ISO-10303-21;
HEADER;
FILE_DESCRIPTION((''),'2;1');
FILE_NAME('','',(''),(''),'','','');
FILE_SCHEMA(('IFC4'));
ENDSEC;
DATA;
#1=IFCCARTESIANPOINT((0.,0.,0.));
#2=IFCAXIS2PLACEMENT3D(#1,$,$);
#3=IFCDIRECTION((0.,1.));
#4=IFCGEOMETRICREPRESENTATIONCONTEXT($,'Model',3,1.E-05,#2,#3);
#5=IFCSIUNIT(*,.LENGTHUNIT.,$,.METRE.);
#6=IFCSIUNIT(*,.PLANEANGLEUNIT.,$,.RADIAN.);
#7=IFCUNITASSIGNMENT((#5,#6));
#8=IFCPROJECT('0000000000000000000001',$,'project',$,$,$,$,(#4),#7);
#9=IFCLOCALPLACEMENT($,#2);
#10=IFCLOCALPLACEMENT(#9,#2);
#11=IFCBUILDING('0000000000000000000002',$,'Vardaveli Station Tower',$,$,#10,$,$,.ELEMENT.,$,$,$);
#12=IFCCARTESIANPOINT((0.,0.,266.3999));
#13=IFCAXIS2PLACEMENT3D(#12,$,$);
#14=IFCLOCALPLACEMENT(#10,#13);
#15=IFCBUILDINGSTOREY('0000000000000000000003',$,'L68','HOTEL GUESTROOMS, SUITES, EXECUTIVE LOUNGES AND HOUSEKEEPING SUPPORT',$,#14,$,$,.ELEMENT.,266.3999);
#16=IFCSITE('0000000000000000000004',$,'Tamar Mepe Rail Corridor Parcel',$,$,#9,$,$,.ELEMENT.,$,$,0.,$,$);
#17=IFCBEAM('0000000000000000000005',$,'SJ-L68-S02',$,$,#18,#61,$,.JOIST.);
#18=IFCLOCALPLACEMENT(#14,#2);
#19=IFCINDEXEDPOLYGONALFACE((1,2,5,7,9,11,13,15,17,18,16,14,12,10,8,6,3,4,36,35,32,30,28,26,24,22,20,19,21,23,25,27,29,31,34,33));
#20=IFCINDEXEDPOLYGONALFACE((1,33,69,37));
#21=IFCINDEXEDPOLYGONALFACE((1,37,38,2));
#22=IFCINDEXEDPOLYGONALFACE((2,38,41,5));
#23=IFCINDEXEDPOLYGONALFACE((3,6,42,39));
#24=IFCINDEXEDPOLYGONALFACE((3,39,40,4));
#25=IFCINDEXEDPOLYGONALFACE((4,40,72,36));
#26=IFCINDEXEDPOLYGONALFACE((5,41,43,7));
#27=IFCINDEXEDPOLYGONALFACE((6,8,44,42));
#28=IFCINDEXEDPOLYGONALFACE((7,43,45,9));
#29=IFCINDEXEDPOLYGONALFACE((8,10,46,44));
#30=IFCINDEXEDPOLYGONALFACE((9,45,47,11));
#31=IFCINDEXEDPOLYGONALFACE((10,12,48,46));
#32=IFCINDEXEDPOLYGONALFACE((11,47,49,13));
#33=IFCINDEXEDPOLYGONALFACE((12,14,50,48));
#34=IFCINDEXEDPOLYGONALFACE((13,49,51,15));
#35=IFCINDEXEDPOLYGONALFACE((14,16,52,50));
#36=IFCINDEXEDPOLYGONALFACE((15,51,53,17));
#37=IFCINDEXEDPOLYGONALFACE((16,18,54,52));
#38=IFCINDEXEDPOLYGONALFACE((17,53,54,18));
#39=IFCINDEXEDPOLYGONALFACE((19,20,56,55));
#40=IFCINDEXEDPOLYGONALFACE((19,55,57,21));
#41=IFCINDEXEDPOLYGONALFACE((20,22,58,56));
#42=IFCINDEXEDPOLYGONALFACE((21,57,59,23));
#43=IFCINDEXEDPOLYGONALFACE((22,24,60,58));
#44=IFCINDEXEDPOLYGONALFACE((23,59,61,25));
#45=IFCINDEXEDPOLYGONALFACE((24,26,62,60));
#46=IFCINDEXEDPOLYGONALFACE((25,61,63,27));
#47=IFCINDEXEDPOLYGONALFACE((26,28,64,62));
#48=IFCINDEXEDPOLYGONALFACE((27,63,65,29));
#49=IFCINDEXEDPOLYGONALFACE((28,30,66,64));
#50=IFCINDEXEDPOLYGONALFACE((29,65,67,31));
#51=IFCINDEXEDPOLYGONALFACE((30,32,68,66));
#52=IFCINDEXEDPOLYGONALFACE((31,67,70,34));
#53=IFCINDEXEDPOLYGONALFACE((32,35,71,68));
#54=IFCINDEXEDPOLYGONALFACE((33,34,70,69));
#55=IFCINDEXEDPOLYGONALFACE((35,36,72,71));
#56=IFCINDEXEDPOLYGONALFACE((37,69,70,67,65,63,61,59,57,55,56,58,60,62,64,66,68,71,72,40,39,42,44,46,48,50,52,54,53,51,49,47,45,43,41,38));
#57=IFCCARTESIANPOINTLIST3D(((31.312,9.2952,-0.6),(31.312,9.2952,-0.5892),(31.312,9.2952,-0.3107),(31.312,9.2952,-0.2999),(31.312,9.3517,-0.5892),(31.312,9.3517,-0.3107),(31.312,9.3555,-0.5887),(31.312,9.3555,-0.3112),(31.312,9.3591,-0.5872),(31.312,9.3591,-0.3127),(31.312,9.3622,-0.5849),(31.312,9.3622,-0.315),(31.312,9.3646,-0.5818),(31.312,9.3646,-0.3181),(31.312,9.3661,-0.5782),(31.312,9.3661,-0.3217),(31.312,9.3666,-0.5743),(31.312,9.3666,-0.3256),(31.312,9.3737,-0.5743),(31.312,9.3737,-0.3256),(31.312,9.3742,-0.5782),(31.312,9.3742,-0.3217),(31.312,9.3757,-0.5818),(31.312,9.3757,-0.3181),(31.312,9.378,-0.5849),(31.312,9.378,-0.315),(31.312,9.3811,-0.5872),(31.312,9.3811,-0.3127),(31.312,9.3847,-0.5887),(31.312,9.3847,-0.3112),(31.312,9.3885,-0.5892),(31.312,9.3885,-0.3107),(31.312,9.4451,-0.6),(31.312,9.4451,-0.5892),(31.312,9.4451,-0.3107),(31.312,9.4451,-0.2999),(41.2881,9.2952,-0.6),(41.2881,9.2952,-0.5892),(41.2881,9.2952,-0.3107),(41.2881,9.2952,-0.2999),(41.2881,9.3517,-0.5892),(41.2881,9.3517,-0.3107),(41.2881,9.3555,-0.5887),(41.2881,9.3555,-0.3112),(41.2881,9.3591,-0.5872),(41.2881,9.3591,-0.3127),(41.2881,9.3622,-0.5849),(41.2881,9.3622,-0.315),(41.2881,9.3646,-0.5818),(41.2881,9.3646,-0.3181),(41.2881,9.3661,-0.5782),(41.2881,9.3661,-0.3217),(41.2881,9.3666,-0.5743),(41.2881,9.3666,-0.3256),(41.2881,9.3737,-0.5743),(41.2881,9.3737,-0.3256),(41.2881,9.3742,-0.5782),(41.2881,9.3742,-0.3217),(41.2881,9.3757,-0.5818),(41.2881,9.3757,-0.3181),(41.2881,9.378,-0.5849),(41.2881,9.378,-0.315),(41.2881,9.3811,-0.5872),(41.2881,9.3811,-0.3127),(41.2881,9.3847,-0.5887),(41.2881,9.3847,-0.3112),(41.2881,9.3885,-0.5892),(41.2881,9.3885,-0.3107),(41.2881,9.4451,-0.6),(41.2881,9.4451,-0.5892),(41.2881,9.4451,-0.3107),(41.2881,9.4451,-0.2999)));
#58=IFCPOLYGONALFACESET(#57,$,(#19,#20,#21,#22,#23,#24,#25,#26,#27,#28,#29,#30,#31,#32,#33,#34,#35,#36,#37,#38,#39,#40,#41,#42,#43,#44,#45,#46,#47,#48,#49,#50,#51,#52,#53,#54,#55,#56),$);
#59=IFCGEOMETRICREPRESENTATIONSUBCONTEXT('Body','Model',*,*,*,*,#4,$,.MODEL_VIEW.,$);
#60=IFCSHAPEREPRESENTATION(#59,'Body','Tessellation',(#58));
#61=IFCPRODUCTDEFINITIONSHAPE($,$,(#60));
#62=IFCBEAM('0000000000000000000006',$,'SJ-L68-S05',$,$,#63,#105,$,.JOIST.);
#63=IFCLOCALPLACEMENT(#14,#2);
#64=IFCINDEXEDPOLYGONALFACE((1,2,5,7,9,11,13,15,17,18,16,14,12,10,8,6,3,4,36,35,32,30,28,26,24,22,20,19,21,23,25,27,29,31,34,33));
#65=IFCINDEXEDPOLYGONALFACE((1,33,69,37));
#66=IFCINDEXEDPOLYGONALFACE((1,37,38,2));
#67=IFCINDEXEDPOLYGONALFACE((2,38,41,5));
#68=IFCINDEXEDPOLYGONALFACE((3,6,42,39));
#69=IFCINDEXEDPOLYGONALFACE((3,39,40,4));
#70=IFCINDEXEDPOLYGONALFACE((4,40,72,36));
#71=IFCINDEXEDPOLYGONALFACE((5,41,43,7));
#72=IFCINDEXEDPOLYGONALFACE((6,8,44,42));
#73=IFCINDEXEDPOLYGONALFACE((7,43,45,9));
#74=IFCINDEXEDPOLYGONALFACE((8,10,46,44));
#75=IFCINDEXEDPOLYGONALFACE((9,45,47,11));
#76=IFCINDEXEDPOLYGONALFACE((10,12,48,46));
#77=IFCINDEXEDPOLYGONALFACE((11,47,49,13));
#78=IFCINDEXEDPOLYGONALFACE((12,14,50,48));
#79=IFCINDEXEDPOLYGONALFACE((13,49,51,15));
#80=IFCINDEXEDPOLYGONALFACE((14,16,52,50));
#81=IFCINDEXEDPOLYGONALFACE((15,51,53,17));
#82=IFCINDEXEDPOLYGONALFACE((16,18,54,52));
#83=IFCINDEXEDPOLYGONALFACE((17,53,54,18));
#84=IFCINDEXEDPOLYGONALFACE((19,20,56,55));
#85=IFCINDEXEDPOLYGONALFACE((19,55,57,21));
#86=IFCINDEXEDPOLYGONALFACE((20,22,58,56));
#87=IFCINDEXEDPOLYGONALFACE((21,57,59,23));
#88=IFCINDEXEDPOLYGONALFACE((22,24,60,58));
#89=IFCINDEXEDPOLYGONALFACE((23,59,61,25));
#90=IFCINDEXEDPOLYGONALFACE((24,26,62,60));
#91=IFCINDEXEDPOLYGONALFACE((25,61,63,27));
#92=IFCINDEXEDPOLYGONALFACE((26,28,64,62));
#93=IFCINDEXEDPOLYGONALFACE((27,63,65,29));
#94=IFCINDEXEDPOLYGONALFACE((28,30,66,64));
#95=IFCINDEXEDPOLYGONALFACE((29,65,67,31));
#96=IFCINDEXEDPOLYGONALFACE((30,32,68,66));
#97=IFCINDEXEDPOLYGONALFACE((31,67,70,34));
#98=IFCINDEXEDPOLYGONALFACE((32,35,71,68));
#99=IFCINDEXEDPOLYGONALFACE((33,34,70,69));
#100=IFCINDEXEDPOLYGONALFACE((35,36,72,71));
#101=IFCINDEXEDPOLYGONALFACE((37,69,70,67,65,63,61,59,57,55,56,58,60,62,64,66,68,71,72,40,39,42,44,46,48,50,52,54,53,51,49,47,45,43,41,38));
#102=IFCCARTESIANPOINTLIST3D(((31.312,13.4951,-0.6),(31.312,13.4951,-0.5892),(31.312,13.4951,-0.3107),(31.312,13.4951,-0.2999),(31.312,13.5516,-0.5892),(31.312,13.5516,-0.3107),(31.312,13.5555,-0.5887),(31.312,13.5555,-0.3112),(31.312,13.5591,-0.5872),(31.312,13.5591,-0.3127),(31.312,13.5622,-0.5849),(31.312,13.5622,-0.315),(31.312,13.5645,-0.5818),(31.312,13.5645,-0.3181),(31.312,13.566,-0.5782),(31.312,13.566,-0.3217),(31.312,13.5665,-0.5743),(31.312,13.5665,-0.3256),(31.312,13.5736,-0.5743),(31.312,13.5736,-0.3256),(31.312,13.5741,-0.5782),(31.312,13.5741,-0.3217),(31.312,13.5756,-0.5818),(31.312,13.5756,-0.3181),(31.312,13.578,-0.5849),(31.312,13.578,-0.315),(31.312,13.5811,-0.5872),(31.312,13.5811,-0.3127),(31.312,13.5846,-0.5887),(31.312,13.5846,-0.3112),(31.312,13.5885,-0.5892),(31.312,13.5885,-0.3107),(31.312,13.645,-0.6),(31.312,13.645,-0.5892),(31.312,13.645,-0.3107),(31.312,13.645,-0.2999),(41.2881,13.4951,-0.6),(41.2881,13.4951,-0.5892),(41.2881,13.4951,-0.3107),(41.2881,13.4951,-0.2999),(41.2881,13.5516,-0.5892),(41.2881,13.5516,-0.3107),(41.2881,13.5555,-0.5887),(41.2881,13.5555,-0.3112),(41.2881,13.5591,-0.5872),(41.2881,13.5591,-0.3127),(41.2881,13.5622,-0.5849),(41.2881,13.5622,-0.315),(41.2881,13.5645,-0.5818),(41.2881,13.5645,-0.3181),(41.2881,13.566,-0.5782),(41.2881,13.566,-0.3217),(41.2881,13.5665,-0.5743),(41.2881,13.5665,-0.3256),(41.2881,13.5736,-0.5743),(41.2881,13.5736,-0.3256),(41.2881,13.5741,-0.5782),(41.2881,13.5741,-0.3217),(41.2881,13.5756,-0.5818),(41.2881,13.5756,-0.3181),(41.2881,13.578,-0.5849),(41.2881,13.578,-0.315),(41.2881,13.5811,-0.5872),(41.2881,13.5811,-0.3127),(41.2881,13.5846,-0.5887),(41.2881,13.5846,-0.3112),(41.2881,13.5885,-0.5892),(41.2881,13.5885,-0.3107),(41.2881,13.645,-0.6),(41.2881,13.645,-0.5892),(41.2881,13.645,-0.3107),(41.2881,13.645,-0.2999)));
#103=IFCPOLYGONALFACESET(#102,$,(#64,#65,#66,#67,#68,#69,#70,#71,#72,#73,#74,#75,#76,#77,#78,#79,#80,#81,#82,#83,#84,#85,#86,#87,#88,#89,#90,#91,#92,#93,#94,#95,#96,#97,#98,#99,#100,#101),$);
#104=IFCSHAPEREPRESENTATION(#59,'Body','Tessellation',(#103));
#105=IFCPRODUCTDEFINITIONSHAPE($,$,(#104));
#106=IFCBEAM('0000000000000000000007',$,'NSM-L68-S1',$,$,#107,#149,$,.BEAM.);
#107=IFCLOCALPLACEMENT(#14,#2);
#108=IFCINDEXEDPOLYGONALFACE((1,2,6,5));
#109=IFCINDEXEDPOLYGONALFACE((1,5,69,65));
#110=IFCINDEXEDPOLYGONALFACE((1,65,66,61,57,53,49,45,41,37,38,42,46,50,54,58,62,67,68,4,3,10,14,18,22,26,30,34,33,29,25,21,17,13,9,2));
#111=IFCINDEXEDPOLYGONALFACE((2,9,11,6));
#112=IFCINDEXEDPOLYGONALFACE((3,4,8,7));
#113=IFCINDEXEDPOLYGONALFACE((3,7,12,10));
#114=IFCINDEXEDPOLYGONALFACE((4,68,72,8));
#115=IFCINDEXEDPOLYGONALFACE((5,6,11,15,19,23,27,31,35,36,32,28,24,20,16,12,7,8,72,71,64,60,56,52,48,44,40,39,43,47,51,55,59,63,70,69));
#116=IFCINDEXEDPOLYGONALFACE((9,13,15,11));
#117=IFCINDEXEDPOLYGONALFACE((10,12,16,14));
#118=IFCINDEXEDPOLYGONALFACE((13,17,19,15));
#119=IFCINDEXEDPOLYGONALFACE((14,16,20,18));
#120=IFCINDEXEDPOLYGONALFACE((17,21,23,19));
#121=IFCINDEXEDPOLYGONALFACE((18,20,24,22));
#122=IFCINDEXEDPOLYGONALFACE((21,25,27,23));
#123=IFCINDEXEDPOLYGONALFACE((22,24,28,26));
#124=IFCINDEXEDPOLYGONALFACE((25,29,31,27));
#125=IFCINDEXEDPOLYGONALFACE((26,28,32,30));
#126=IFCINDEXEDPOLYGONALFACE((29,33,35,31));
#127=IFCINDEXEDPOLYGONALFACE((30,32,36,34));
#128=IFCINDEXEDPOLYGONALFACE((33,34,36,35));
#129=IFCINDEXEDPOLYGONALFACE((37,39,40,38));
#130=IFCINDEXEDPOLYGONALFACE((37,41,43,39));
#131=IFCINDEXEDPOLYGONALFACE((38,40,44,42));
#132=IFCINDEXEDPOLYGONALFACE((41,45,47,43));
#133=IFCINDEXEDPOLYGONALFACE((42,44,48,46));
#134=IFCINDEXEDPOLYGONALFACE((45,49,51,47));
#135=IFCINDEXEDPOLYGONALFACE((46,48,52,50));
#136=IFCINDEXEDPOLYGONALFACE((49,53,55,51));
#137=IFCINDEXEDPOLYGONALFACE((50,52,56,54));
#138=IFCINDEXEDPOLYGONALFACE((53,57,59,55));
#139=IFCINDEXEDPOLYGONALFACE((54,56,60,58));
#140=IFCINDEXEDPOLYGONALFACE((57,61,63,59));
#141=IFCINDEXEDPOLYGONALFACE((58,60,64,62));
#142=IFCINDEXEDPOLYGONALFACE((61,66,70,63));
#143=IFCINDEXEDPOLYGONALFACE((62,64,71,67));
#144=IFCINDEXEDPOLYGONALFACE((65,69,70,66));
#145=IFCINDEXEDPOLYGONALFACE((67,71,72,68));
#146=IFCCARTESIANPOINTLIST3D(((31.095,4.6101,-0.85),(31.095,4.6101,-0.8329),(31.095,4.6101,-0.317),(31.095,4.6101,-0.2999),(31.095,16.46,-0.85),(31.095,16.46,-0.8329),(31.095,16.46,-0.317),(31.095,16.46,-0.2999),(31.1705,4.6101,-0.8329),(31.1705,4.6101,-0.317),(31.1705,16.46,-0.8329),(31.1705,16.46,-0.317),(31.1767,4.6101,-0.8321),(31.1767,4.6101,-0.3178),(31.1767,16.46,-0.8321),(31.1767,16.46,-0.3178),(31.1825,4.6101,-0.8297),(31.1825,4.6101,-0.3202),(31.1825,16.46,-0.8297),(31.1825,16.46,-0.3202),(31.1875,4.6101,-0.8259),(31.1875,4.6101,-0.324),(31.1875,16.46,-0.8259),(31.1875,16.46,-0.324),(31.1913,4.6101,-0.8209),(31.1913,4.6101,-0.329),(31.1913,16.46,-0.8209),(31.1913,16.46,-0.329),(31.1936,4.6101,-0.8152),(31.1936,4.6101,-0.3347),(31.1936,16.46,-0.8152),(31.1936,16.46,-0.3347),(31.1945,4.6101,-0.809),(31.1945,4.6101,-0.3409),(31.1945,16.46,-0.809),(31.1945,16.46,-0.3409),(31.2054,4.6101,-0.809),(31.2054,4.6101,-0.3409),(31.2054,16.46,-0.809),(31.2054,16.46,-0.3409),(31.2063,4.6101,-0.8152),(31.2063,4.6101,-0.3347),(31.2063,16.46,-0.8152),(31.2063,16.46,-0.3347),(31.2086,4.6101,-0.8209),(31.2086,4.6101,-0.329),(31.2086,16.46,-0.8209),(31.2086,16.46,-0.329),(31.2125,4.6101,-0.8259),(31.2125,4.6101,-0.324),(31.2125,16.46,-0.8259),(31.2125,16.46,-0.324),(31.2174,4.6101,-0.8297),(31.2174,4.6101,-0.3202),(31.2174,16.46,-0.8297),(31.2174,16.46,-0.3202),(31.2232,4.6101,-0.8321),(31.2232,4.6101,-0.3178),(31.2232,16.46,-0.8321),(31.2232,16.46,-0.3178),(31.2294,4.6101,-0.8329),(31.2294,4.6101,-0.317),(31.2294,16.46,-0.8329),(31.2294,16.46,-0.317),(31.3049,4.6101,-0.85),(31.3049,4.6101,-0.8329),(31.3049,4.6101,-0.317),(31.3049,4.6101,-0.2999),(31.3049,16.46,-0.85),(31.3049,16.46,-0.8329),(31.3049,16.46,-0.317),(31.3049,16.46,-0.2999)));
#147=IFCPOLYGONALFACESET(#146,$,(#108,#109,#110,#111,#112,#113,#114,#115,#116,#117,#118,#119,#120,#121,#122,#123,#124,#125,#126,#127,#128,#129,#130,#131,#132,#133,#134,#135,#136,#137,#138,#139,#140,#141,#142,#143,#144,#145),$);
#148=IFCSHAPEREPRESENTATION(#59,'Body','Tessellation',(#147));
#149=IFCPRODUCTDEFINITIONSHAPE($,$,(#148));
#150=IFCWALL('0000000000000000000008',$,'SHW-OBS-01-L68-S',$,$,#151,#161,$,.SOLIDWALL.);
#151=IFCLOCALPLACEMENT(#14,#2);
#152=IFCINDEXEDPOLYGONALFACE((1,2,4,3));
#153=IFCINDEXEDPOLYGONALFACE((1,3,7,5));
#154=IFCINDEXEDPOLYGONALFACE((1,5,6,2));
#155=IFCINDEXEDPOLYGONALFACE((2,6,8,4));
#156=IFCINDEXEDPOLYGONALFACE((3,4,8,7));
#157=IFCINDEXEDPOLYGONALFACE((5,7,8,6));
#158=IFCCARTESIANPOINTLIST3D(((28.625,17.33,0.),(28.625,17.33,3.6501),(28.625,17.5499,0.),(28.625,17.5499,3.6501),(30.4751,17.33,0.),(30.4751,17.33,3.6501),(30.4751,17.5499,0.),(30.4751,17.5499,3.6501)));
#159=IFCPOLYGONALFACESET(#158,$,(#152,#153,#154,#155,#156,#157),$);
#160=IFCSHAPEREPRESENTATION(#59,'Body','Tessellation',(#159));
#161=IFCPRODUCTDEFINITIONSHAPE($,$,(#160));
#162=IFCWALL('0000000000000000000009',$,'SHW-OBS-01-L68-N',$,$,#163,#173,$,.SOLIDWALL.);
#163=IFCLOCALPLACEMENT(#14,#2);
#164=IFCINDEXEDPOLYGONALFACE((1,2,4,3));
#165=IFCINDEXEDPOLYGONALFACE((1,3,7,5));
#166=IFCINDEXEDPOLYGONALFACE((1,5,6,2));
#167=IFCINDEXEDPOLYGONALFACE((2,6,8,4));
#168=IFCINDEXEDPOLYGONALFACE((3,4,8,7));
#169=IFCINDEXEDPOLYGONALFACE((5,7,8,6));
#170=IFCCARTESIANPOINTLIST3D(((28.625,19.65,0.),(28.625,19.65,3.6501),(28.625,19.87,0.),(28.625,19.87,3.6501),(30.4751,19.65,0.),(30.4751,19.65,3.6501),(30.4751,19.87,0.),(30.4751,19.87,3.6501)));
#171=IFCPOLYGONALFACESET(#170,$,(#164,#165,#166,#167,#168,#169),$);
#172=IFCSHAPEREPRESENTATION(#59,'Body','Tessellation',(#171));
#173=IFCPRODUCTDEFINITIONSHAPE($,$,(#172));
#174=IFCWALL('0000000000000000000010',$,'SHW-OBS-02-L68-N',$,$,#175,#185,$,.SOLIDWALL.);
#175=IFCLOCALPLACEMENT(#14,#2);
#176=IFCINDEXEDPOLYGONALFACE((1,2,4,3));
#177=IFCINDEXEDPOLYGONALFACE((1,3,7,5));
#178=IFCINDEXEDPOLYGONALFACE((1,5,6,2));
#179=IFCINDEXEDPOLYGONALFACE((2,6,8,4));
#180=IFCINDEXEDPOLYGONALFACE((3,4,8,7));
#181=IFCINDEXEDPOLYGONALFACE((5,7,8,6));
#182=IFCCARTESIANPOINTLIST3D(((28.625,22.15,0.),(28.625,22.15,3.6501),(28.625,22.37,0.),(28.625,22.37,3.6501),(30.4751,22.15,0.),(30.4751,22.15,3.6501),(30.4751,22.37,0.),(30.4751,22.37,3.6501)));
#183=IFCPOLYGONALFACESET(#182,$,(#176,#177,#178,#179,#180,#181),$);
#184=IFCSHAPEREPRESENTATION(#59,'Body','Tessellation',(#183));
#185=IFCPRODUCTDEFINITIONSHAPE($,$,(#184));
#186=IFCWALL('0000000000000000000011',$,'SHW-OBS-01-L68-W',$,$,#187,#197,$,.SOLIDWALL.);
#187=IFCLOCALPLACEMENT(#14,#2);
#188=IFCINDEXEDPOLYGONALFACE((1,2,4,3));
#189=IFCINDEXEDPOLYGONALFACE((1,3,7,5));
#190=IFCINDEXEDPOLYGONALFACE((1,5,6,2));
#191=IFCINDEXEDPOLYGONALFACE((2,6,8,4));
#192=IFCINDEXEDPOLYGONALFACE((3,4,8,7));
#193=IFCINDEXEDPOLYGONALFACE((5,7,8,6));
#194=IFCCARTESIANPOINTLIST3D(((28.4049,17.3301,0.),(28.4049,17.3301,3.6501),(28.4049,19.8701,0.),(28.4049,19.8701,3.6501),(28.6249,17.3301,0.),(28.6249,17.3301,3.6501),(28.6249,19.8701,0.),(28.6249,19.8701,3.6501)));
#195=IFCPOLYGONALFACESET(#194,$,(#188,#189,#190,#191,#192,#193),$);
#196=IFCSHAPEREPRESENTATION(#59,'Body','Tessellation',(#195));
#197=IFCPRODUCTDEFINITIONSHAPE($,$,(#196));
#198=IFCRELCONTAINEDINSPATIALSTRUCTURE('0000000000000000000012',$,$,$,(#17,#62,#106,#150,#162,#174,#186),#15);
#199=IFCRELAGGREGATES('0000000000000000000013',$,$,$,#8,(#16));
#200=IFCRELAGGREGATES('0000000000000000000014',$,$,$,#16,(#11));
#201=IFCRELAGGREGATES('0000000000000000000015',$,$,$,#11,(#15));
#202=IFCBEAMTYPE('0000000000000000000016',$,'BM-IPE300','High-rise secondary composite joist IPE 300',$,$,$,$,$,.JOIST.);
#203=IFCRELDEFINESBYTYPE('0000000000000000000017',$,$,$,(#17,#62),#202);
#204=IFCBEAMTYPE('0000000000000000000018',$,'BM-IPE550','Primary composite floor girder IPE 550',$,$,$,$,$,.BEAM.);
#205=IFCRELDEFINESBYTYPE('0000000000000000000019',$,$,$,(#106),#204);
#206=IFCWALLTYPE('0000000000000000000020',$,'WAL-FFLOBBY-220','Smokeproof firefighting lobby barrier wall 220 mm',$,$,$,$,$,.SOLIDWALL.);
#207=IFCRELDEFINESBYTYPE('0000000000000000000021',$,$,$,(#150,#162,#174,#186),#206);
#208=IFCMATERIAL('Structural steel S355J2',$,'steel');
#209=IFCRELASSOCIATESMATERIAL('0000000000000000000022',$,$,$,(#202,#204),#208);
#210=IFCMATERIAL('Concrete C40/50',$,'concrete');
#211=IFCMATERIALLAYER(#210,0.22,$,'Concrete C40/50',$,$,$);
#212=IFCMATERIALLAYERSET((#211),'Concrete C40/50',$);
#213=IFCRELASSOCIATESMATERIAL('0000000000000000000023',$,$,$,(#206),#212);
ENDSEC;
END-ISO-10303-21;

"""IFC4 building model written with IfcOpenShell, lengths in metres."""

from ifc_helpers import new_model, si_unit, direction, frame, frame_2d, origin, origin_2d, place, context, subcontext, project, spatial, rectangle, i_section, extrude, source, transform, mapped, material, layer, layer_set, material_profile, profile_set, type_object, element, save


model = new_model("IFC4")

# Units and contexts
model_context = context("Model", 3, precision=1e-05, world=origin(), true_north=direction((0.0, 1.0)))
body_context = subcontext(model_context, "Body", "Model", "MODEL_VIEW")
ifc_project = project(units=[si_unit("LENGTHUNIT", "METRE"), si_unit("PLANEANGLEUNIT", "RADIAN")], contexts=[model_context])

# Site, building, storey
site_placement = place(None, origin())
site = spatial("IfcSite", under=ifc_project, at=site_placement, Name="Tamar Mepe Rail Corridor Parcel", CompositionType="ELEMENT", RefElevation=0.0)
building_placement = place(site_placement, origin())
building = spatial("IfcBuilding", under=site, at=building_placement, Name="Vardaveli Station Tower", CompositionType="ELEMENT")
storey_placement = place(building_placement, frame((0.0, 0.0, 266.3999)))
storey = spatial("IfcBuildingStorey", under=building, at=storey_placement, Name="L68", Description="HOTEL GUESTROOMS, SUITES, EXECUTIVE LOUNGES AND HOUSEKEEPING SUPPORT", CompositionType="ELEMENT", Elevation=266.3999)

# Beams
ifc_material_1 = material(Name="Structural steel S355J2", Category="steel")
ifc_material_profile_1 = material_profile(ifc_material_1, i_section(OverallWidth=0.1499, OverallDepth=0.3, WebThickness=0.0071, FlangeThickness=0.0107, FilletRadius=0.0149, at=origin_2d()), Name="IPE 300")
ifc_profile_set_1 = profile_set([ifc_material_profile_1], Name="Structural steel S355J2")
beam_type_1 = type_object("IfcBeamType", Name="BM-IPE300", Description="High-rise secondary composite joist IPE 300", PredefinedType="JOIST", material=ifc_profile_set_1)
shared_shape_1 = source(origin(), body_context, "Body", "SweptSolid", [
    extrude(i_section(OverallWidth=0.1499, OverallDepth=0.3, WebThickness=0.0071, FlangeThickness=0.0107, FilletRadius=0.0149, at=origin_2d()), origin(), (0.0, 0.0, 1.0), 9.9761),
])
for number, where, z_axis, x_axis, name in (
    (1, (31.312, 9.3701, -0.45), (1.0, 0.0, 0.0), (0.0, 1.0, 0.0), "SJ-L68-S02"),
    (2, (31.312, 13.5701, -0.45), (1.0, 0.0, 0.0), (0.0, 1.0, 0.0), "SJ-L68-S05"),
):
    element("IfcBeam", number, at=place(storey_placement, frame(where, z_axis=z_axis, x_axis=x_axis)), inside=storey, type_object=beam_type_1, Name=name, PredefinedType="JOIST", context=body_context, shape_type="MappedRepresentation", body=[
        mapped(shared_shape_1, transform((0.0, 0.0, 0.0), scale=1.0)),
    ])
ifc_material_profile_2 = material_profile(ifc_material_1, i_section(OverallWidth=0.21, OverallDepth=0.55, WebThickness=0.011, FlangeThickness=0.0171, FilletRadius=0.0239, at=origin_2d()), Name="IPE 550")
ifc_profile_set_2 = profile_set([ifc_material_profile_2], Name="Structural steel S355J2")
beam_type_2 = type_object("IfcBeamType", Name="BM-IPE550", Description="Primary composite floor girder IPE 550", PredefinedType="BEAM", material=ifc_profile_set_2)
shared_shape_2 = source(origin(), body_context, "Body", "SweptSolid", [
    extrude(i_section(OverallWidth=0.21, OverallDepth=0.55, WebThickness=0.011, FlangeThickness=0.0171, FilletRadius=0.0239, at=origin_2d()), origin(), (0.0, 0.0, 1.0), 11.8499),
])
beam_1_placement = place(storey_placement, frame((31.2, 4.6101, -0.575), z_axis=(0.0, 1.0, 0.0), x_axis=(-1.0, 0.0, 0.0)))
element("IfcBeam", 3, at=beam_1_placement, inside=storey, type_object=beam_type_2, Name="NSM-L68-S1", PredefinedType="BEAM", context=body_context, shape_type="MappedRepresentation", body=[
    mapped(shared_shape_2, transform((0.0, 0.0, 0.0), scale=1.0)),
])

# Walls
ifc_material_2 = material(Name="Concrete C40/50", Category="concrete")
ifc_layer_1 = layer(ifc_material_2, 0.22, Name="Concrete C40/50")
ifc_layer_set_1 = layer_set([ifc_layer_1], Name="Concrete C40/50")
wall_type_1 = type_object("IfcWallType", Name="WAL-FFLOBBY-220", Description="Smokeproof firefighting lobby barrier wall 220 mm", PredefinedType="SOLIDWALL", material=ifc_layer_set_1)
shared_shape_3 = source(origin(), body_context, "Body", "SweptSolid", [
    extrude(rectangle(XDim=1.8501, YDim=0.22, at=frame_2d((0.925, 0.0))), origin(), (0.0, 0.0, 1.0), 3.6501),
])
for number, where, z_axis, x_axis, name in (
    (4, (28.625, 17.4399, 0.0), (0.0, 0.0, 1.0), (1.0, 0.0, 0.0), "SHW-OBS-01-L68-S"),
    (5, (28.625, 19.76, 0.0), (0.0, 0.0, 1.0), (1.0, 0.0, 0.0), "SHW-OBS-01-L68-N"),
    (6, (28.625, 22.26, 0.0), (0.0, 0.0, 1.0), (1.0, 0.0, 0.0), "SHW-OBS-02-L68-N"),
):
    element("IfcWall", number, at=place(storey_placement, frame(where, z_axis=z_axis, x_axis=x_axis)), inside=storey, type_object=wall_type_1, Name=name, PredefinedType="SOLIDWALL", context=body_context, shape_type="MappedRepresentation", body=[
        mapped(shared_shape_3, transform((0.0, 0.0, 0.0), scale=1.0)),
    ])
shared_shape_4 = source(origin(), body_context, "Body", "SweptSolid", [
    extrude(rectangle(XDim=2.54, YDim=0.22, at=frame_2d((1.27, 0.0))), origin(), (0.0, 0.0, 1.0), 3.6501),
])
for number, where, z_axis, x_axis, name in (
    (7, (28.5149, 17.3301, 0.0), (0.0, 0.0, 1.0), (0.0, 1.0, 0.0), "SHW-OBS-01-L68-W"),
):
    element("IfcWall", number, at=place(storey_placement, frame(where, z_axis=z_axis, x_axis=x_axis)), inside=storey, type_object=wall_type_1, Name=name, PredefinedType="SOLIDWALL", context=body_context, shape_type="MappedRepresentation", body=[
        mapped(shared_shape_4, transform((0.0, 0.0, 0.0), scale=1.0)),
    ])

save(model, "model.ifc")
